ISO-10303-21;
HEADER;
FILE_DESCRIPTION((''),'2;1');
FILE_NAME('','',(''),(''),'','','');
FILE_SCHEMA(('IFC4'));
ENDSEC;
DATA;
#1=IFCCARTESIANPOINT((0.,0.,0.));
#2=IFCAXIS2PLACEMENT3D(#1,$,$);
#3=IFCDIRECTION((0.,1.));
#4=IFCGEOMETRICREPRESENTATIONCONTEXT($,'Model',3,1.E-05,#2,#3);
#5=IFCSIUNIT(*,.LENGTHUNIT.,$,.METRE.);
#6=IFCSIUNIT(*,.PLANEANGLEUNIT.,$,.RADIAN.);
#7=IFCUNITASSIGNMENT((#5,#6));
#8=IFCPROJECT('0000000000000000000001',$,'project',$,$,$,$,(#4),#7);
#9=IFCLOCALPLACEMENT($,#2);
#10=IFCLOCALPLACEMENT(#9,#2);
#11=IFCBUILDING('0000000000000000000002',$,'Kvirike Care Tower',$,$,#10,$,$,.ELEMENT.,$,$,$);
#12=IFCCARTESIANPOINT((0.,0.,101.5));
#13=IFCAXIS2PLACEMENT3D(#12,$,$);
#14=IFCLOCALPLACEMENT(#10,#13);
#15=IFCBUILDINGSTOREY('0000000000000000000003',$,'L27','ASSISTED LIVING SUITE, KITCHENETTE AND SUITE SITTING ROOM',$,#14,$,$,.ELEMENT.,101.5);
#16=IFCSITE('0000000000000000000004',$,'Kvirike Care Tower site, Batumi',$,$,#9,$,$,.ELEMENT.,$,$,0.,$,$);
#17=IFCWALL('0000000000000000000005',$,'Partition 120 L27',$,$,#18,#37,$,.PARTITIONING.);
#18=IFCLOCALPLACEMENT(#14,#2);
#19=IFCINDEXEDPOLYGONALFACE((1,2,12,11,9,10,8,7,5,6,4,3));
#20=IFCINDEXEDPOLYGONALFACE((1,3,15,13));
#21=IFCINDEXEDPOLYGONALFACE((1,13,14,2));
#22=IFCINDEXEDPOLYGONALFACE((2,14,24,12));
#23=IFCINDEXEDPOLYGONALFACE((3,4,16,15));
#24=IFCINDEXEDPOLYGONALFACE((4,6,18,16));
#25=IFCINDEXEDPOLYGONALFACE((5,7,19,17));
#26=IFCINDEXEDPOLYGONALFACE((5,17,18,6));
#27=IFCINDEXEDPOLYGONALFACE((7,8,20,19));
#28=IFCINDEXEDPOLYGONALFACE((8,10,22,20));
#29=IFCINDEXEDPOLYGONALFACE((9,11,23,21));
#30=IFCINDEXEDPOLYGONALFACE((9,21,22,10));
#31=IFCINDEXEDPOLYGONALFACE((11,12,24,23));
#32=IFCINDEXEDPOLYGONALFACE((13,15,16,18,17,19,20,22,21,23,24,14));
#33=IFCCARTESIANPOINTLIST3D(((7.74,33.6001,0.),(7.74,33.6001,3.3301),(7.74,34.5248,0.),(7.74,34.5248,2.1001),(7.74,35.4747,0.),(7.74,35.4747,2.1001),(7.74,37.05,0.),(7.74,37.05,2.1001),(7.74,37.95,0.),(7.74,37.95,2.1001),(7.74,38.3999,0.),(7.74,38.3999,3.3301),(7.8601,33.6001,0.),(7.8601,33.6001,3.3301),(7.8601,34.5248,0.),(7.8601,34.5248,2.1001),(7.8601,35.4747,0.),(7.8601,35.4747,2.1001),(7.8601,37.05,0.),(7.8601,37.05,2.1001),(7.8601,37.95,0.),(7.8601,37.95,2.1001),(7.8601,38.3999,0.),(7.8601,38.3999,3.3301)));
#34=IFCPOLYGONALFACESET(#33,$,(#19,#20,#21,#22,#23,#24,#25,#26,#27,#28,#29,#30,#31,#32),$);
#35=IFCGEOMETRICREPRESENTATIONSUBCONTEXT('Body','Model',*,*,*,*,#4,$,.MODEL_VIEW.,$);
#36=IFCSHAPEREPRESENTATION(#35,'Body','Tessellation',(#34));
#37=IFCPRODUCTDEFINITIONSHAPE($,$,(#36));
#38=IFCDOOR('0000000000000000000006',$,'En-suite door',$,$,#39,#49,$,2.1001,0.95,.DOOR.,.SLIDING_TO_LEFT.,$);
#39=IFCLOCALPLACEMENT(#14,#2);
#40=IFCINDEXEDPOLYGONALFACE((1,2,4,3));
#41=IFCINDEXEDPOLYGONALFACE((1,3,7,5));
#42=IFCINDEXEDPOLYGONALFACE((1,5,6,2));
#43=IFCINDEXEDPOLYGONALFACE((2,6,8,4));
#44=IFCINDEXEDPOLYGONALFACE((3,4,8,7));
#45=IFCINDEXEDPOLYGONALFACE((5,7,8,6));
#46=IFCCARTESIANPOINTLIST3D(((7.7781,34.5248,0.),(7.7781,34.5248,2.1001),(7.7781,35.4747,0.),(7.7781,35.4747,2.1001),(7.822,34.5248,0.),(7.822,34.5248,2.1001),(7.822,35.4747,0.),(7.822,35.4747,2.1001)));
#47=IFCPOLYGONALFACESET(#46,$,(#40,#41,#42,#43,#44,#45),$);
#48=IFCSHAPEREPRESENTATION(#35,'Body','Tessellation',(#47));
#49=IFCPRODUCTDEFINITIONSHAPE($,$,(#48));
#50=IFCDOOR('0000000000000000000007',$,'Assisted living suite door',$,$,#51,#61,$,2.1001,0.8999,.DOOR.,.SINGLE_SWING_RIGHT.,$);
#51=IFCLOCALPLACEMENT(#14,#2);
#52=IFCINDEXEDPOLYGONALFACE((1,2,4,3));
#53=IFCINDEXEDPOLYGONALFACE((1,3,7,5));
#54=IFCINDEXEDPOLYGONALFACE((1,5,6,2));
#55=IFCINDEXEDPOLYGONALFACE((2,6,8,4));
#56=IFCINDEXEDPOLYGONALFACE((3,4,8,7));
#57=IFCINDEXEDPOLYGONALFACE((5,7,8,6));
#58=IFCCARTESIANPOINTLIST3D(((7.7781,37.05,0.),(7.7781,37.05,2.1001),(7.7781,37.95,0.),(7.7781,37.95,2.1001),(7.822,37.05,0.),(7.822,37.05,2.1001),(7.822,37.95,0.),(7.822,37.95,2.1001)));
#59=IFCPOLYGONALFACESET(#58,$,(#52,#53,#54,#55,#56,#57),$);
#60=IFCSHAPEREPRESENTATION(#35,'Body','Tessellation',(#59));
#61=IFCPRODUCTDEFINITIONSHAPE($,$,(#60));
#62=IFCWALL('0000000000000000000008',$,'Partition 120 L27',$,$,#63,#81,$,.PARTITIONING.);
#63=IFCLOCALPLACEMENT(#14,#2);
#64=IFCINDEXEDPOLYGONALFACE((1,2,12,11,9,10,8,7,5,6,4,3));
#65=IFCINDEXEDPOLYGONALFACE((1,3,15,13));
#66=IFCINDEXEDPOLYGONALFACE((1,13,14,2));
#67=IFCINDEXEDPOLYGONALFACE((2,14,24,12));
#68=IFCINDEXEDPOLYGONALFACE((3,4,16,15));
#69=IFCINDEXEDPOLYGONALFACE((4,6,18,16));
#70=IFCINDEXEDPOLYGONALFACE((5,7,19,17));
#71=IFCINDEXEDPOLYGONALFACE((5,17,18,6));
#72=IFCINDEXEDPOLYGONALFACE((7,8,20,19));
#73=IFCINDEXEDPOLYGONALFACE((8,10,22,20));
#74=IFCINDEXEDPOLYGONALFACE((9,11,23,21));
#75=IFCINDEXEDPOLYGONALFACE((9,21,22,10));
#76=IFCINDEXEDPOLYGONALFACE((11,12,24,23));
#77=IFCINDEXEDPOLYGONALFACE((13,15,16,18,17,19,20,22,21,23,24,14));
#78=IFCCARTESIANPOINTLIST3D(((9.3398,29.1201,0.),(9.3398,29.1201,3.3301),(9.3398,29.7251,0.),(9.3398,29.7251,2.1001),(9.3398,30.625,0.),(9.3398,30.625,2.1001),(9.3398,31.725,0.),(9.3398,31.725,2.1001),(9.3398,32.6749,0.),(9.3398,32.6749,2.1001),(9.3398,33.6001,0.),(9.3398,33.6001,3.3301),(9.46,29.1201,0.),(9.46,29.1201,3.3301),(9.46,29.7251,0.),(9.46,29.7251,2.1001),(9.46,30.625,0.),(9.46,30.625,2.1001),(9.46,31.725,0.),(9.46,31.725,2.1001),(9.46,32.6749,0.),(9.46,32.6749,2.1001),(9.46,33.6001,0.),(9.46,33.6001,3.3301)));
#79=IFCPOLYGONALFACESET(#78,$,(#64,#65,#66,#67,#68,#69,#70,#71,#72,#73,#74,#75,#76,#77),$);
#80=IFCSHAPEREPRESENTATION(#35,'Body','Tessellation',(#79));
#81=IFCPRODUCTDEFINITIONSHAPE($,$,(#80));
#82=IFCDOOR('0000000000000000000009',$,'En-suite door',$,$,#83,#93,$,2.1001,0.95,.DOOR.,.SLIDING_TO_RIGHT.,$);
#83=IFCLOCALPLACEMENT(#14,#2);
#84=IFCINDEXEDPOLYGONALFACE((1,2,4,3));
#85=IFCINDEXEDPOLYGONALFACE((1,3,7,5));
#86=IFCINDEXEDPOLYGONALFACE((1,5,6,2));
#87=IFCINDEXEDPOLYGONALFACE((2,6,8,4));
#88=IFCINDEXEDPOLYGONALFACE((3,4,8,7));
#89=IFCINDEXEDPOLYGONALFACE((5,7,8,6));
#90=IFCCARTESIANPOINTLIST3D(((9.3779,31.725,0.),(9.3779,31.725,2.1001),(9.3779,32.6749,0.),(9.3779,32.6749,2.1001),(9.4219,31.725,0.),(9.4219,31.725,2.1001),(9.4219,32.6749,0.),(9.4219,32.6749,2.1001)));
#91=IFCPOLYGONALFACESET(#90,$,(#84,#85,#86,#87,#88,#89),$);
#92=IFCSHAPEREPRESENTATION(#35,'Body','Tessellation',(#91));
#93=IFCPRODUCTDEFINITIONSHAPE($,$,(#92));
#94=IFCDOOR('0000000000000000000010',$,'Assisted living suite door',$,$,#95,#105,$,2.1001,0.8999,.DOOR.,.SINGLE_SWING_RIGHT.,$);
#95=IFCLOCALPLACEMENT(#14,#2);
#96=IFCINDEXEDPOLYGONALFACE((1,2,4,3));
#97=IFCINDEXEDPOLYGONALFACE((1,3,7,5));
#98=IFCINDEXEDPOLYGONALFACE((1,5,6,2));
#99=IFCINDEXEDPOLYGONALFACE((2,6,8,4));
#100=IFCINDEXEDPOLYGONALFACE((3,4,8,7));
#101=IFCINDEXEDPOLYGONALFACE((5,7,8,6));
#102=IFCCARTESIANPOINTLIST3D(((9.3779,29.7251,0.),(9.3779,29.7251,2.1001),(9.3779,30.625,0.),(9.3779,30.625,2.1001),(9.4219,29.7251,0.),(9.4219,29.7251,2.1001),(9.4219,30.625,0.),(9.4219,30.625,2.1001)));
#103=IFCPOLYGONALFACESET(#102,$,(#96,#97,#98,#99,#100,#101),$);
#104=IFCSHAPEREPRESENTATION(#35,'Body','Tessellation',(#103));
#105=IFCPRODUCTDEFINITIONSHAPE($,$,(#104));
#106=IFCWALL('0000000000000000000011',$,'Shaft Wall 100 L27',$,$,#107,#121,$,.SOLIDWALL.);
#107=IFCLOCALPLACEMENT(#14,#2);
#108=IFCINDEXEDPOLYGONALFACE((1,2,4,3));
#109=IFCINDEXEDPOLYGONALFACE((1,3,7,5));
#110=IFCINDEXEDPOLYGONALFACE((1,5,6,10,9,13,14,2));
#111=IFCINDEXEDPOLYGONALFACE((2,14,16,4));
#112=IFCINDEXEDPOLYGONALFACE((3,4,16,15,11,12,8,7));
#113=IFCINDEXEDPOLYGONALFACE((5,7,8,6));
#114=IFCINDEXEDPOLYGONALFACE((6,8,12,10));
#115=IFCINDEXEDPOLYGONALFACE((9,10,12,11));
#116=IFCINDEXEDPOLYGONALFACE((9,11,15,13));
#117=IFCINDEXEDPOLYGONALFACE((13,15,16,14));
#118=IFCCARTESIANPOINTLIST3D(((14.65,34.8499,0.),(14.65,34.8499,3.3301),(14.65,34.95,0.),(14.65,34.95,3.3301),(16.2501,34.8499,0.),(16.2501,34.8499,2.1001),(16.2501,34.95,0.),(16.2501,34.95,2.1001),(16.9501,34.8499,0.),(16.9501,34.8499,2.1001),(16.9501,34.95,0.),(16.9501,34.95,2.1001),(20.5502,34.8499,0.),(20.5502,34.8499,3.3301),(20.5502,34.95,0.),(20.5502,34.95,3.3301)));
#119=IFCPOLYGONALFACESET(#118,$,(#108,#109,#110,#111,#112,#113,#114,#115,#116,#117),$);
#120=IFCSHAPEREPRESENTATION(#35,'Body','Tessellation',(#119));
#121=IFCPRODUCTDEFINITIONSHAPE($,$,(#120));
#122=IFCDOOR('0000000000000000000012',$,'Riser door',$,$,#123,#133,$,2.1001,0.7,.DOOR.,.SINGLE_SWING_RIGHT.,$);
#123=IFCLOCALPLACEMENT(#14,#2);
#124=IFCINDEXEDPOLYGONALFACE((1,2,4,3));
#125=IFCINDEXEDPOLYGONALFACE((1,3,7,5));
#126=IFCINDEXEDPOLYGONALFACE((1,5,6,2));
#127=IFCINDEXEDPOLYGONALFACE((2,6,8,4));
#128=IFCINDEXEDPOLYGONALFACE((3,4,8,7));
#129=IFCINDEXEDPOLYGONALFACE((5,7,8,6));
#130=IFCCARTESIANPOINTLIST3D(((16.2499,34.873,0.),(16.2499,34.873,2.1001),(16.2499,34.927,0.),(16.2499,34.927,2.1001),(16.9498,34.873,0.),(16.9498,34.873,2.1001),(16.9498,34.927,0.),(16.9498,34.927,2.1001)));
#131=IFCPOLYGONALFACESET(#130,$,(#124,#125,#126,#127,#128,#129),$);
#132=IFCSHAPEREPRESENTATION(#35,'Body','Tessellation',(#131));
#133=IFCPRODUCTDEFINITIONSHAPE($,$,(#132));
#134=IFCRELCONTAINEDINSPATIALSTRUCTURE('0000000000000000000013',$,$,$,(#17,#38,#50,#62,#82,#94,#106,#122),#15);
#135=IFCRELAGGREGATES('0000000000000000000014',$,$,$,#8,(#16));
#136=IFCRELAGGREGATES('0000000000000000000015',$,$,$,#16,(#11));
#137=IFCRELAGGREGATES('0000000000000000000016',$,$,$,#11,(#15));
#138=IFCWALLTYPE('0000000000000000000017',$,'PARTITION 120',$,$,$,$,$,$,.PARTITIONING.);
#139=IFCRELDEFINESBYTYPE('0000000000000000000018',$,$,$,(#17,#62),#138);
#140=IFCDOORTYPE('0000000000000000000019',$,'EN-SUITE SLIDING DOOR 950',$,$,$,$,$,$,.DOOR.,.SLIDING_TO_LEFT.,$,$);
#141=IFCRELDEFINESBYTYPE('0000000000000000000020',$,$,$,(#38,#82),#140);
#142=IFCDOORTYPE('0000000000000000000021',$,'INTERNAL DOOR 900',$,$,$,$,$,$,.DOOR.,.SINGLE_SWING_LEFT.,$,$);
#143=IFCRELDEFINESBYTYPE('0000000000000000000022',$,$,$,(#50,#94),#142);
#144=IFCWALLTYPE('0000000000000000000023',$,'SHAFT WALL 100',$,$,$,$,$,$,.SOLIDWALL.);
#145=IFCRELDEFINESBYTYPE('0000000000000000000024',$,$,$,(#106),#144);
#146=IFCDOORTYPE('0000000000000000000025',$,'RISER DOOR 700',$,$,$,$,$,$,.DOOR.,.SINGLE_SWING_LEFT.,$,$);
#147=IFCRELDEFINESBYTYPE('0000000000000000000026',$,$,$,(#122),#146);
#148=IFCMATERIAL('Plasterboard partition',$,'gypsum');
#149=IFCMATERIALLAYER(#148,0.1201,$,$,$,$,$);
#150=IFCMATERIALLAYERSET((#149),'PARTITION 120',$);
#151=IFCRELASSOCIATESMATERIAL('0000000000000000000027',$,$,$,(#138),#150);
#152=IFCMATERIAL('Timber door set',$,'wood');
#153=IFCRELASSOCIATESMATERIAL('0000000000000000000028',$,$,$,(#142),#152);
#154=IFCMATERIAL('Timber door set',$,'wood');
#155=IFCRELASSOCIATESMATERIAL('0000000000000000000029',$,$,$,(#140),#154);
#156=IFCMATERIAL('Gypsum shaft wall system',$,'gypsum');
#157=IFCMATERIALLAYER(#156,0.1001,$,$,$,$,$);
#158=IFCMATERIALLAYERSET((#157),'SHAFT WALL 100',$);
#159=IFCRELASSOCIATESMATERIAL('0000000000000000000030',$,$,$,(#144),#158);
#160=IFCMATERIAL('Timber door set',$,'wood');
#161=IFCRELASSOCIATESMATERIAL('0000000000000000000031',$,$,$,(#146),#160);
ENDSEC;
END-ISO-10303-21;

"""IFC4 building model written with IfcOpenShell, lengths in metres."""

from ifc_helpers import new_model, si_unit, direction, frame, frame_2d, origin, place, context, subcontext, project, spatial, rectangle, extrude, material, layer, layer_set, type_object, element, fill, save


model = new_model("IFC4")

# Units and contexts
model_context = context("Model", 3, precision=1e-05, world=origin(), true_north=direction((0.0, 1.0)))
body_context = subcontext(model_context, "Body", "Model", "MODEL_VIEW")
ifc_project = project(units=[si_unit("LENGTHUNIT", "METRE"), si_unit("PLANEANGLEUNIT", "RADIAN")], contexts=[model_context])

# Site, building, storey
site_placement = place(None, origin())
site = spatial("IfcSite", under=ifc_project, at=site_placement, Name="Kvirike Care Tower site, Batumi", CompositionType="ELEMENT", RefElevation=0.0)
building_placement = place(site_placement, origin())
building = spatial("IfcBuilding", under=site, at=building_placement, Name="Kvirike Care Tower", CompositionType="ELEMENT")
storey_placement = place(building_placement, frame((0.0, 0.0, 101.5)))
storey = spatial("IfcBuildingStorey", under=building, at=storey_placement, Name="L27", Description="ASSISTED LIVING SUITE, KITCHENETTE AND SUITE SITTING ROOM", CompositionType="ELEMENT", Elevation=101.5)

# Shared definitions
ifc_material_1 = material(Name="Plasterboard partition", Category="gypsum")
ifc_layer_1 = layer(ifc_material_1, 0.1201)
ifc_layer_set_1 = layer_set([ifc_layer_1], Name="PARTITION 120")
wall_type_1 = type_object("IfcWallType", Name="PARTITION 120", PredefinedType="PARTITIONING", material=ifc_layer_set_1)
ifc_material_2 = material(Name="Timber door set", Category="wood")
door_type_1 = type_object("IfcDoorType", Name="INTERNAL DOOR 900", OperationType="SINGLE_SWING_LEFT", PredefinedType="DOOR", material=ifc_material_2)

# Walls, openings, doors
wall_1_placement = place(storey_placement, frame((7.8, 38.3999, 0.0), z_axis=(0.0, 0.0, 1.0), x_axis=(0.0, -1.0, 0.0)))
wall_1 = element("IfcWall", 1, at=wall_1_placement, inside=storey, type_object=wall_type_1, Name="Partition 120 L27", PredefinedType="PARTITIONING", context=body_context, shape_type="SweptSolid", body=[
    extrude(rectangle(XDim=4.7998, YDim=0.1201, at=frame_2d((2.3999, 0.0))), origin(), (0.0, 0.0, 1.0), 3.3301),
])
opening_1_placement = place(wall_1_placement, frame((0.45, 0.0, 0.0)))
opening_1 = element("IfcOpeningElement", 2, at=opening_1_placement, cuts=wall_1, PredefinedType="OPENING", context=body_context, shape_type="SweptSolid", body=[
    extrude(rectangle(XDim=0.8999, YDim=2.1001, at=frame_2d((0.45, 1.05))), frame((0.0, 0.0706, 0.0), z_axis=(0.0, -1.0, 0.0), x_axis=(1.0, 0.0, 0.0)), (0.0, 0.0, 1.0), 0.1411),
])
opening_2_placement = place(wall_1_placement, frame((2.925, 0.0, 0.0)))
opening_2 = element("IfcOpeningElement", 3, at=opening_2_placement, cuts=wall_1, PredefinedType="OPENING", context=body_context, shape_type="SweptSolid", body=[
    extrude(rectangle(XDim=0.95, YDim=2.1001, at=frame_2d((0.4751, 1.05))), frame((0.0, 0.0706, 0.0), z_axis=(0.0, -1.0, 0.0), x_axis=(1.0, 0.0, 0.0)), (0.0, 0.0, 1.0), 0.1411),
])
ifc_material_3 = material(Name="Timber door set", Category="wood")
door_type_2 = type_object("IfcDoorType", Name="EN-SUITE SLIDING DOOR 950", OperationType="SLIDING_TO_LEFT", PredefinedType="DOOR", material=ifc_material_3)
door_1_placement = place(opening_2_placement, origin())
door_1 = element("IfcDoor", 4, at=door_1_placement, inside=storey, type_object=door_type_2, Name="En-suite door", OperationType="SLIDING_TO_LEFT", OverallHeight=2.1001, OverallWidth=0.95, PredefinedType="DOOR", context=body_context, shape_type="SweptSolid", body=[
    extrude(rectangle(XDim=0.95, YDim=2.1001, at=frame_2d((0.4751, 1.05))), frame((0.0, 0.022, 0.0), z_axis=(0.0, -1.0, 0.0), x_axis=(1.0, 0.0, 0.0)), (0.0, 0.0, 1.0), 0.0439),
])
fill(opening_2, door_1)
door_2_placement = place(opening_1_placement, origin())
door_2 = element("IfcDoor", 5, at=door_2_placement, inside=storey, type_object=door_type_1, Name="Assisted living suite door", OperationType="SINGLE_SWING_RIGHT", OverallHeight=2.1001, OverallWidth=0.8999, PredefinedType="DOOR", context=body_context, shape_type="SweptSolid", body=[
    extrude(rectangle(XDim=0.8999, YDim=2.1001, at=frame_2d((0.45, 1.05))), frame((0.0, 0.022, 0.0), z_axis=(0.0, -1.0, 0.0), x_axis=(1.0, 0.0, 0.0)), (0.0, 0.0, 1.0), 0.0439),
])
fill(opening_1, door_2)
wall_2_placement = place(storey_placement, frame((9.3999, 33.6001, 0.0), z_axis=(0.0, 0.0, 1.0), x_axis=(0.0, -1.0, 0.0)))
wall_2 = element("IfcWall", 6, at=wall_2_placement, inside=storey, type_object=wall_type_1, Name="Partition 120 L27", PredefinedType="PARTITIONING", context=body_context, shape_type="SweptSolid", body=[
    extrude(rectangle(XDim=4.48, YDim=0.1201, at=frame_2d((2.24, 0.0))), origin(), (0.0, 0.0, 1.0), 3.3301),
])
opening_3_placement = place(wall_2_placement, frame((2.9751, 0.0, 0.0)))
opening_3 = element("IfcOpeningElement", 7, at=opening_3_placement, cuts=wall_2, PredefinedType="OPENING", context=body_context, shape_type="SweptSolid", body=[
    extrude(rectangle(XDim=0.8999, YDim=2.1001, at=frame_2d((0.45, 1.05))), frame((0.0, 0.0706, 0.0), z_axis=(0.0, -1.0, 0.0), x_axis=(1.0, 0.0, 0.0)), (0.0, 0.0, 1.0), 0.1411),
])
opening_4_placement = place(wall_2_placement, frame((0.925, 0.0, 0.0)))
opening_4 = element("IfcOpeningElement", 8, at=opening_4_placement, cuts=wall_2, PredefinedType="OPENING", context=body_context, shape_type="SweptSolid", body=[
    extrude(rectangle(XDim=0.95, YDim=2.1001, at=frame_2d((0.4751, 1.05))), frame((0.0, 0.0706, 0.0), z_axis=(0.0, -1.0, 0.0), x_axis=(1.0, 0.0, 0.0)), (0.0, 0.0, 1.0), 0.1411),
])
door_3_placement = place(opening_4_placement, origin())
door_3 = element("IfcDoor", 9, at=door_3_placement, inside=storey, type_object=door_type_2, Name="En-suite door", OperationType="SLIDING_TO_RIGHT", OverallHeight=2.1001, OverallWidth=0.95, PredefinedType="DOOR", context=body_context, shape_type="SweptSolid", body=[
    extrude(rectangle(XDim=0.95, YDim=2.1001, at=frame_2d((0.4751, 1.05))), frame((0.0, 0.022, 0.0), z_axis=(0.0, -1.0, 0.0), x_axis=(1.0, 0.0, 0.0)), (0.0, 0.0, 1.0), 0.0439),
])
fill(opening_4, door_3)
door_4_placement = place(opening_3_placement, origin())
door_4 = element("IfcDoor", 10, at=door_4_placement, inside=storey, type_object=door_type_1, Name="Assisted living suite door", OperationType="SINGLE_SWING_RIGHT", OverallHeight=2.1001, OverallWidth=0.8999, PredefinedType="DOOR", context=body_context, shape_type="SweptSolid", body=[
    extrude(rectangle(XDim=0.8999, YDim=2.1001, at=frame_2d((0.45, 1.05))), frame((0.0, 0.022, 0.0), z_axis=(0.0, -1.0, 0.0), x_axis=(1.0, 0.0, 0.0)), (0.0, 0.0, 1.0), 0.0439),
])
fill(opening_3, door_4)

# Wall, opening, door
ifc_material_4 = material(Name="Gypsum shaft wall system", Category="gypsum")
ifc_layer_2 = layer(ifc_material_4, 0.1001)
ifc_layer_set_2 = layer_set([ifc_layer_2], Name="SHAFT WALL 100")
wall_type_2 = type_object("IfcWallType", Name="SHAFT WALL 100", PredefinedType="SOLIDWALL", material=ifc_layer_set_2)
wall_3_placement = place(storey_placement, frame((14.6499, 34.8999, 0.0), z_axis=(0.0, 0.0, 1.0), x_axis=(1.0, 0.0, 0.0)))
wall_3 = element("IfcWall", 11, at=wall_3_placement, inside=storey, type_object=wall_type_2, Name="Shaft Wall 100 L27", PredefinedType="SOLIDWALL", context=body_context, shape_type="SweptSolid", body=[
    extrude(rectangle(XDim=5.9001, YDim=0.1001, at=frame_2d((2.9502, 0.0))), origin(), (0.0, 0.0, 1.0), 3.3301),
])
opening_5_placement = place(wall_3_placement, frame((1.6001, 0.0, 0.0)))
opening_5 = element("IfcOpeningElement", 12, at=opening_5_placement, cuts=wall_3, PredefinedType="OPENING", context=body_context, shape_type="SweptSolid", body=[
    extrude(rectangle(XDim=0.7, YDim=2.1001, at=frame_2d((0.3501, 1.05))), frame((0.0, 0.0605, 0.0), z_axis=(0.0, -1.0, 0.0), x_axis=(1.0, 0.0, 0.0)), (0.0, 0.0, 1.0), 0.1211),
])
ifc_material_5 = material(Name="Timber door set", Category="wood")
door_type_3 = type_object("IfcDoorType", Name="RISER DOOR 700", OperationType="SINGLE_SWING_LEFT", PredefinedType="DOOR", material=ifc_material_5)
door_5_placement = place(opening_5_placement, frame((0.7, 0.0, 0.0), z_axis=(0.0, 0.0, 1.0), x_axis=(-1.0, 0.0, 0.0)))
door_5 = element("IfcDoor", 13, at=door_5_placement, inside=storey, type_object=door_type_3, Name="Riser door", OperationType="SINGLE_SWING_RIGHT", OverallHeight=2.1001, OverallWidth=0.7, PredefinedType="DOOR", context=body_context, shape_type="SweptSolid", body=[
    extrude(rectangle(XDim=0.7, YDim=2.1001, at=frame_2d((0.3501, 1.05))), frame((0.0, 0.0269, 0.0), z_axis=(0.0, -1.0, 0.0), x_axis=(1.0, 0.0, 0.0)), (0.0, 0.0, 1.0), 0.054),
])
fill(opening_5, door_5)

save(model, "model.ifc")
